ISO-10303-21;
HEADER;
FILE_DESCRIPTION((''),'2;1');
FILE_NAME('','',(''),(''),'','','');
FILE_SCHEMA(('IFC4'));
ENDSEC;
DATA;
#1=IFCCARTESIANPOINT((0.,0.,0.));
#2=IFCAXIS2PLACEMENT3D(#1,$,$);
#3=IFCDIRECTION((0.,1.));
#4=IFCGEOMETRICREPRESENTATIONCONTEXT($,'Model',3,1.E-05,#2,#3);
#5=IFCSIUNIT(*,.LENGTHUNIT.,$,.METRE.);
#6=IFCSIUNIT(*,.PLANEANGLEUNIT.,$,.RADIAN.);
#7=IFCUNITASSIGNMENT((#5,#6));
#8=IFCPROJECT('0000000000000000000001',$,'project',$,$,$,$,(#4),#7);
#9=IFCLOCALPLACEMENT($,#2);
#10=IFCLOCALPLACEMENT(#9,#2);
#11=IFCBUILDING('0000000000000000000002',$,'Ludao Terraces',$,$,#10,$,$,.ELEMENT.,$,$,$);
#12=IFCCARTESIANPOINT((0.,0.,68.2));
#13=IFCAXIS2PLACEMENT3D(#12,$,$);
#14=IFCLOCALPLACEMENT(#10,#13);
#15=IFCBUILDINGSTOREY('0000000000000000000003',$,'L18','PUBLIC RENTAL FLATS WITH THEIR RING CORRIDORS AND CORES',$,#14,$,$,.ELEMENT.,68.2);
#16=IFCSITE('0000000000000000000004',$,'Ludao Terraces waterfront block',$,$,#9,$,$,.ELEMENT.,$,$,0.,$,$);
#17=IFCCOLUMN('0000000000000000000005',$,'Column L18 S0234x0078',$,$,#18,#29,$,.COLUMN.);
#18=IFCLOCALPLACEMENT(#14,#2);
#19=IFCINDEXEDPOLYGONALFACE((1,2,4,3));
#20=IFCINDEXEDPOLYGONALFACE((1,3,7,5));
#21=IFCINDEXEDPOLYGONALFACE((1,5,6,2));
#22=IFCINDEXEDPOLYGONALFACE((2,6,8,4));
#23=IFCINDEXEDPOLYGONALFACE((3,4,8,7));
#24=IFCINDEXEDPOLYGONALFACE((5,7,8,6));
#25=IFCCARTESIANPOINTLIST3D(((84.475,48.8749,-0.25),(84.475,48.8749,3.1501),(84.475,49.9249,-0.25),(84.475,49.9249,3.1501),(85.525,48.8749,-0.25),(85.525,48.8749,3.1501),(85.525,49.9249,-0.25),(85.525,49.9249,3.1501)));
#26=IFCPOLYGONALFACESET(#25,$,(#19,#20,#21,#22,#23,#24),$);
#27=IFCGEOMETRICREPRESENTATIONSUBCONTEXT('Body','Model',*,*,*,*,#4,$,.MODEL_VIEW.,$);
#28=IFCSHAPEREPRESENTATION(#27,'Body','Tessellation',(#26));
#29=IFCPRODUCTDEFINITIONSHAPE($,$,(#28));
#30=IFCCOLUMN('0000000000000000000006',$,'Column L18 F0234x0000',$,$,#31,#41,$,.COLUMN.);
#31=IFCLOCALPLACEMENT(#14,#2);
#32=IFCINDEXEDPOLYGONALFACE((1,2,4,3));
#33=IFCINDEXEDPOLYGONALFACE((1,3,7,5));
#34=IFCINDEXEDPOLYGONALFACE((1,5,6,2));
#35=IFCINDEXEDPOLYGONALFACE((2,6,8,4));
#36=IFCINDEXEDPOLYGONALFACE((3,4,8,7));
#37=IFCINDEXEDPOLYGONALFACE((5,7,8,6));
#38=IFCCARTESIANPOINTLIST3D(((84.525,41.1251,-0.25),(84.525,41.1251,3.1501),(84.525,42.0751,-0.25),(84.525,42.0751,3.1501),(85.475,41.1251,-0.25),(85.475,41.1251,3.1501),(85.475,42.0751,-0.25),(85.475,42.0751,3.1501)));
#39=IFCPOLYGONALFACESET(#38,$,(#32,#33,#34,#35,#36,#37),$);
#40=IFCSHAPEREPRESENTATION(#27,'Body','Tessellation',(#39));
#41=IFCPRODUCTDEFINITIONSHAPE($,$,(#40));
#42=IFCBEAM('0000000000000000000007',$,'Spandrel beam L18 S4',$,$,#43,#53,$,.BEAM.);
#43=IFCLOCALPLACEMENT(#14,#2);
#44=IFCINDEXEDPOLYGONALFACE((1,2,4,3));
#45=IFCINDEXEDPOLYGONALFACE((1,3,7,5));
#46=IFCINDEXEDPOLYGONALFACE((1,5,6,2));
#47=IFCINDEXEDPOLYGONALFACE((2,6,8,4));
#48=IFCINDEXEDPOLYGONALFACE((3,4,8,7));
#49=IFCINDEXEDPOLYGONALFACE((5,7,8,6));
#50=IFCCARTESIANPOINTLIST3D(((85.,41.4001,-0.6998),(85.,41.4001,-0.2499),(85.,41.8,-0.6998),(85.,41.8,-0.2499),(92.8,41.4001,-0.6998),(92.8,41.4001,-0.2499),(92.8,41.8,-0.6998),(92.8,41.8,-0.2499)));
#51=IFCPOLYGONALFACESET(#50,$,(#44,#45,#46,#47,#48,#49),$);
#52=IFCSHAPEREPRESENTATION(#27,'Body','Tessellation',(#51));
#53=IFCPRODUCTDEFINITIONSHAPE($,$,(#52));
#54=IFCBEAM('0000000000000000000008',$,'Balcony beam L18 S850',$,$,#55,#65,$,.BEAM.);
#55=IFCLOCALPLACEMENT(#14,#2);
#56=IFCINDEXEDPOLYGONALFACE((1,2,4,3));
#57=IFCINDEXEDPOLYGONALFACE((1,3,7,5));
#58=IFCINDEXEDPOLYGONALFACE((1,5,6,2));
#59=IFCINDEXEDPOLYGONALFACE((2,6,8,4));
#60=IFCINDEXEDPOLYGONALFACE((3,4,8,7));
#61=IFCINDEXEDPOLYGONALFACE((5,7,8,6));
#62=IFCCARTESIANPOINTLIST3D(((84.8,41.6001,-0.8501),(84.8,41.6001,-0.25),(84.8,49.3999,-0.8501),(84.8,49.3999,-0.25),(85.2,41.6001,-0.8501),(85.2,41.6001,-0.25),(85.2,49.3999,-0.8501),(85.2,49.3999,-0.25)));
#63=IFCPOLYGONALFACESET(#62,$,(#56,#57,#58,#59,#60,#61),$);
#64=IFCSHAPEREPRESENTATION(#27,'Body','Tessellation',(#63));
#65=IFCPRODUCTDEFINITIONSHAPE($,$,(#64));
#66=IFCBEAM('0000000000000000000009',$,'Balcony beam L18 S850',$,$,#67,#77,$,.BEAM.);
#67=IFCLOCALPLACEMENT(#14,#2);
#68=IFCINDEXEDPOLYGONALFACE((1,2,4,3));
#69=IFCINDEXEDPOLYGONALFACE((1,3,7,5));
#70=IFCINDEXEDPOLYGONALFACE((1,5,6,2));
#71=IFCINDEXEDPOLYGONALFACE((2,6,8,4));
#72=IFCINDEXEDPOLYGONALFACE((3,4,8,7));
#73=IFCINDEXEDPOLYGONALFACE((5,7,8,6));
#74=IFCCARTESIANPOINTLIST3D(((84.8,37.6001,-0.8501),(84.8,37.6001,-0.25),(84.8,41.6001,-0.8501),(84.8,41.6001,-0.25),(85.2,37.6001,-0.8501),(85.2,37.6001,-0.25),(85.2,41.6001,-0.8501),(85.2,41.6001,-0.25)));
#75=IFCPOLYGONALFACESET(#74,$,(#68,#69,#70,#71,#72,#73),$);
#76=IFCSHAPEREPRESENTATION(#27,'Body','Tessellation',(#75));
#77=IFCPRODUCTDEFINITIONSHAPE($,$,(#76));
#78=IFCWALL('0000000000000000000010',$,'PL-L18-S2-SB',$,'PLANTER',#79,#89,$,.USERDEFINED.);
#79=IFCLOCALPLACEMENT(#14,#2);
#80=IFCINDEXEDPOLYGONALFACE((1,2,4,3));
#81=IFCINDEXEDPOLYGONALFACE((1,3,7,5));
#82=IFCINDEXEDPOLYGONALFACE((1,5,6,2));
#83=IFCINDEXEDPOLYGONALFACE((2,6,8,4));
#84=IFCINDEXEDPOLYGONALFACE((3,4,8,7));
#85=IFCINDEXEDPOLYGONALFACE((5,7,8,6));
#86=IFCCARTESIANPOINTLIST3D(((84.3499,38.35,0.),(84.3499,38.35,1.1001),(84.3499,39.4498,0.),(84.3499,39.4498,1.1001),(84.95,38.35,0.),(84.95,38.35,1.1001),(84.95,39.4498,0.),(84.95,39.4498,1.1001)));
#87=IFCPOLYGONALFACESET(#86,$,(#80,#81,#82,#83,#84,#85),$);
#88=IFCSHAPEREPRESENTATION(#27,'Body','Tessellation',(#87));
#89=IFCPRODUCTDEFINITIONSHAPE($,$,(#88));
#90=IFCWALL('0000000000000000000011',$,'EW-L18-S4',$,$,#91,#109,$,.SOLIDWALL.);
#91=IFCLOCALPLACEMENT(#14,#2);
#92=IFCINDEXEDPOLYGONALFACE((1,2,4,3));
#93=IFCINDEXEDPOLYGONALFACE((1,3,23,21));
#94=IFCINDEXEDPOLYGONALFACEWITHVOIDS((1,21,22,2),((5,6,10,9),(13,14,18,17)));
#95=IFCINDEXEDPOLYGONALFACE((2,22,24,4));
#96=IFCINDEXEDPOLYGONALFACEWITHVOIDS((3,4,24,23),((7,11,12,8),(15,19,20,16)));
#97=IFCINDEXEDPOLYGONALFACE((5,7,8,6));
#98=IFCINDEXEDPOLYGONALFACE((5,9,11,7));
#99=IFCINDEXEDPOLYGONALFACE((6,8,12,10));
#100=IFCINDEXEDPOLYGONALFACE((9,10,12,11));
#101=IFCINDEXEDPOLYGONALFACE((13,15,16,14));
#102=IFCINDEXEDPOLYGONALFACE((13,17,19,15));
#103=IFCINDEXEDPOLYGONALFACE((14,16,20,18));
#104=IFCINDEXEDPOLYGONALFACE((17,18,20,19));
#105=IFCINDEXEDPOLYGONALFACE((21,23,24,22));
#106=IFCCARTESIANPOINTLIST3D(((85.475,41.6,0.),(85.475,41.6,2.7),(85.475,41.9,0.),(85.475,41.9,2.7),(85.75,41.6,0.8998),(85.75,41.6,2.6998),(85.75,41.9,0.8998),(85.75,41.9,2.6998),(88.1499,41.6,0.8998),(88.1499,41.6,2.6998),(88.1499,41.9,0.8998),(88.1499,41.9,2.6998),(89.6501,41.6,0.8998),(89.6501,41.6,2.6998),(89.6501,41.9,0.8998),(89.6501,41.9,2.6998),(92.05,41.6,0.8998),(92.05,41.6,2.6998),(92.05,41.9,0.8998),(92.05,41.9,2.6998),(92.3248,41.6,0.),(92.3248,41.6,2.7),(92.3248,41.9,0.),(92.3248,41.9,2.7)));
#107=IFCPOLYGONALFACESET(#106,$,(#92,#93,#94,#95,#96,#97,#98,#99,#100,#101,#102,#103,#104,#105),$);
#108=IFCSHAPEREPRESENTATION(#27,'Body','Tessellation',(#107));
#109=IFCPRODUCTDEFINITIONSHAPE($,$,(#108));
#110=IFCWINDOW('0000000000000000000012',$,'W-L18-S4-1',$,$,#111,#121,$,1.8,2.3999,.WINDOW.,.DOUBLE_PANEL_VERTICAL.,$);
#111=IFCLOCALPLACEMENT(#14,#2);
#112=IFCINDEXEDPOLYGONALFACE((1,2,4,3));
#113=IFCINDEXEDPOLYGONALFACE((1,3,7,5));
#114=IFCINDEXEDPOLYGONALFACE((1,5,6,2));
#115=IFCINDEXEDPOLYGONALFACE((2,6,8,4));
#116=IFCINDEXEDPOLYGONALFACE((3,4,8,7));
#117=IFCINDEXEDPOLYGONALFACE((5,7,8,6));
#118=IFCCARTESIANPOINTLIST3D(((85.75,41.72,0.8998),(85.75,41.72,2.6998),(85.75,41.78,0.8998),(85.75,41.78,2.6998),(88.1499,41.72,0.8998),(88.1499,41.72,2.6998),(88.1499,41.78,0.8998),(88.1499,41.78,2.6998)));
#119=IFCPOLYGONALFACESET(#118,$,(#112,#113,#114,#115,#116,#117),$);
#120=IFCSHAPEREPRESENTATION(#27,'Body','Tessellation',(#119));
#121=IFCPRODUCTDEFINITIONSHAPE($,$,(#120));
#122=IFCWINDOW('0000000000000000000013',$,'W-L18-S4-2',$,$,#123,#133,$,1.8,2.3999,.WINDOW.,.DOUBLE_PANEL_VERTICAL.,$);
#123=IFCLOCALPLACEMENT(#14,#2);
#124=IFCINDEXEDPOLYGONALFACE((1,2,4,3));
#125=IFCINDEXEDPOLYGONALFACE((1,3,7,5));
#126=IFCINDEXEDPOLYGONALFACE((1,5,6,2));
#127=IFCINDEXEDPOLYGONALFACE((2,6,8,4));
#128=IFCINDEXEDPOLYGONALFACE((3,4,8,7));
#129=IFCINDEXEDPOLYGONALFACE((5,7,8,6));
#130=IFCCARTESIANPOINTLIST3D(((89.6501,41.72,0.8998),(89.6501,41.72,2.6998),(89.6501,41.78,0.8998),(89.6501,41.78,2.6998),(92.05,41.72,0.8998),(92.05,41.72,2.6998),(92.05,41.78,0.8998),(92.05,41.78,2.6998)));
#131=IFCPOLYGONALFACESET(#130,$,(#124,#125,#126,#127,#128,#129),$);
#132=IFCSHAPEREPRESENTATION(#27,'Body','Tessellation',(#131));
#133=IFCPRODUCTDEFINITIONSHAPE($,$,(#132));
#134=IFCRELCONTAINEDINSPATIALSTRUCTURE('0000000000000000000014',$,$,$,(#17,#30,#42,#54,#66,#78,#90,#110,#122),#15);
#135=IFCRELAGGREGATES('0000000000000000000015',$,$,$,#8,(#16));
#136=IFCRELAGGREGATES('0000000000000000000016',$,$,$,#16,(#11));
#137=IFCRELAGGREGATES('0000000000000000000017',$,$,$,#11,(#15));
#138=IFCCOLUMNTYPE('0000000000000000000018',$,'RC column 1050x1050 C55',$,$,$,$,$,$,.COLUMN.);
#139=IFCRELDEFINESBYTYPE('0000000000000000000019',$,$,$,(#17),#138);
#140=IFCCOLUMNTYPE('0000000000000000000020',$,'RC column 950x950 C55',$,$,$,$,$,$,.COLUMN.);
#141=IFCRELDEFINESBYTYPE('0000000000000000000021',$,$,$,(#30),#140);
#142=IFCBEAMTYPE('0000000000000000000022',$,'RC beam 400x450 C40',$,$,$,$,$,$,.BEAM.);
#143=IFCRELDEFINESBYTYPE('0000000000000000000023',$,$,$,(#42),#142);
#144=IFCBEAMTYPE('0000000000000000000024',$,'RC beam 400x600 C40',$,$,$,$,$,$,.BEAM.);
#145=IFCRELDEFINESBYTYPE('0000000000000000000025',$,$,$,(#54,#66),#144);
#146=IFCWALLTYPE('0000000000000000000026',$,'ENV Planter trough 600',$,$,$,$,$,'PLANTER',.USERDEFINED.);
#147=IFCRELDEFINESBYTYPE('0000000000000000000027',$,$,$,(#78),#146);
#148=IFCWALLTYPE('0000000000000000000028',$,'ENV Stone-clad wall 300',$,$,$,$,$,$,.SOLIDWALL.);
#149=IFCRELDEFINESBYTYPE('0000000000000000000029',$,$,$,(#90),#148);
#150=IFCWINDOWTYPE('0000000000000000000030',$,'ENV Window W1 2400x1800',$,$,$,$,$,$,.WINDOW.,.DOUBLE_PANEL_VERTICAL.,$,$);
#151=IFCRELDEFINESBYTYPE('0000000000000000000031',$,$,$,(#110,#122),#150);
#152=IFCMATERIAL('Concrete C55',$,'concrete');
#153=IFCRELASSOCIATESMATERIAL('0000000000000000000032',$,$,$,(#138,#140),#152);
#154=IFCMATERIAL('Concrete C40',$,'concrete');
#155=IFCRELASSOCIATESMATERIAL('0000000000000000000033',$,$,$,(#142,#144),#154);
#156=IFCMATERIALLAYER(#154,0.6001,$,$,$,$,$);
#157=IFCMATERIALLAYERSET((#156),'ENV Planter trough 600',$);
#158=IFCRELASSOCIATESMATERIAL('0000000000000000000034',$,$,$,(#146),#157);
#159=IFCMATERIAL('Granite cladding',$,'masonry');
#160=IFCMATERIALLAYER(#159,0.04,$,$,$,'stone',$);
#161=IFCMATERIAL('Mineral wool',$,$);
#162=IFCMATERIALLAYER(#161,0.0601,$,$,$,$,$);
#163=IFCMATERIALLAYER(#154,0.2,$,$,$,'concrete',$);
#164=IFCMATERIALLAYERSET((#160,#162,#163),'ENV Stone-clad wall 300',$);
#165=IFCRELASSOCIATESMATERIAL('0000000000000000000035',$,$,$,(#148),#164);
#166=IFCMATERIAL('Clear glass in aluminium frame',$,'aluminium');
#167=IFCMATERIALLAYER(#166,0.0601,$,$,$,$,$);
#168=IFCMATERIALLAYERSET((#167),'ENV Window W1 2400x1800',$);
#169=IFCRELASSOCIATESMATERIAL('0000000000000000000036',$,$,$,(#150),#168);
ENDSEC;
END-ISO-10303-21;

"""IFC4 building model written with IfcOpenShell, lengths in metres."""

from ifc_helpers import new_model, si_unit, direction, frame, frame_2d, origin, origin_2d, place, context, subcontext, project, spatial, rectangle, extrude, material, layer, layer_set, material_profile, profile_set, type_object, element, fill, save


model = new_model("IFC4")

# Units and contexts
model_context = context("Model", 3, precision=1e-05, world=origin(), true_north=direction((0.0, 1.0)))
body_context = subcontext(model_context, "Body", "Model", "MODEL_VIEW")
ifc_project = project(units=[si_unit("LENGTHUNIT", "METRE"), si_unit("PLANEANGLEUNIT", "RADIAN")], contexts=[model_context])

# Site, building, storey
site_placement = place(None, origin())
site = spatial("IfcSite", under=ifc_project, at=site_placement, Name="Ludao Terraces waterfront block", CompositionType="ELEMENT", RefElevation=0.0)
building_placement = place(site_placement, origin())
building = spatial("IfcBuilding", under=site, at=building_placement, Name="Ludao Terraces", CompositionType="ELEMENT")
storey_placement = place(building_placement, frame((0.0, 0.0, 68.2)))
storey = spatial("IfcBuildingStorey", under=building, at=storey_placement, Name="L18", Description="PUBLIC RENTAL FLATS WITH THEIR RING CORRIDORS AND CORES", CompositionType="ELEMENT", Elevation=68.2)

# Columns
ifc_material_1 = material(Name="Concrete C55", Category="concrete")
ifc_material_profile_1 = material_profile(ifc_material_1, rectangle(XDim=1.05, YDim=1.05, at=origin_2d()), Name="1050 X 1050")
ifc_profile_set_1 = profile_set([ifc_material_profile_1], Name="Concrete C55")
column_type_1 = type_object("IfcColumnType", Name="RC column 1050x1050 C55", PredefinedType="COLUMN", material=ifc_profile_set_1)
column_1_placement = place(storey_placement, frame((85.0, 49.3999, -0.25), z_axis=(0.0, 0.0, 1.0), x_axis=(1.0, 0.0, 0.0)))
element("IfcColumn", 1, at=column_1_placement, inside=storey, type_object=column_type_1, Name="Column L18 S0234x0078", PredefinedType="COLUMN", context=body_context, shape_type="SweptSolid", body=[
    extrude(rectangle(XDim=1.05, YDim=1.05, at=origin_2d()), origin(), (0.0, 0.0, 1.0), 3.4001),
])
ifc_material_profile_2 = material_profile(ifc_material_1, rectangle(XDim=0.95, YDim=0.95, at=origin_2d()), Name="950 X 950")
ifc_profile_set_2 = profile_set([ifc_material_profile_2], Name="Concrete C55")
column_type_2 = type_object("IfcColumnType", Name="RC column 950x950 C55", PredefinedType="COLUMN", material=ifc_profile_set_2)
column_2_placement = place(storey_placement, frame((85.0, 41.6001, -0.25), z_axis=(0.0, 0.0, 1.0), x_axis=(1.0, 0.0, 0.0)))
element("IfcColumn", 2, at=column_2_placement, inside=storey, type_object=column_type_2, Name="Column L18 F0234x0000", PredefinedType="COLUMN", context=body_context, shape_type="SweptSolid", body=[
    extrude(rectangle(XDim=0.95, YDim=0.95, at=origin_2d()), origin(), (0.0, 0.0, 1.0), 3.4001),
])

# Beams
ifc_material_2 = material(Name="Concrete C40", Category="concrete")
ifc_material_profile_3 = material_profile(ifc_material_2, rectangle(XDim=0.3999, YDim=0.45, at=origin_2d()), Name="400 X 450")
ifc_profile_set_3 = profile_set([ifc_material_profile_3], Name="Concrete C40")
beam_type_1 = type_object("IfcBeamType", Name="RC beam 400x450 C40", PredefinedType="BEAM", material=ifc_profile_set_3)
beam_1_placement = place(storey_placement, frame((85.0, 41.6001, -0.4749), z_axis=(1.0, 0.0, 0.0), x_axis=(0.0, 1.0, 0.0)))
element("IfcBeam", 3, at=beam_1_placement, inside=storey, type_object=beam_type_1, Name="Spandrel beam L18 S4", PredefinedType="BEAM", context=body_context, shape_type="SweptSolid", body=[
    extrude(rectangle(XDim=0.3999, YDim=0.45, at=origin_2d()), origin(), (0.0, 0.0, 1.0), 7.8),
])
ifc_material_profile_4 = material_profile(ifc_material_2, rectangle(XDim=0.3999, YDim=0.6001, at=origin_2d()), Name="400 X 600")
ifc_profile_set_4 = profile_set([ifc_material_profile_4], Name="Concrete C40")
beam_type_2 = type_object("IfcBeamType", Name="RC beam 400x600 C40", PredefinedType="BEAM", material=ifc_profile_set_4)
beam_2_placement = place(storey_placement, frame((85.0, 49.3999, -0.55), z_axis=(0.0, -1.0, 0.0), x_axis=(1.0, 0.0, 0.0)))
element("IfcBeam", 4, at=beam_2_placement, inside=storey, type_object=beam_type_2, Name="Balcony beam L18 S850", PredefinedType="BEAM", context=body_context, shape_type="SweptSolid", body=[
    extrude(rectangle(XDim=0.3999, YDim=0.6001, at=origin_2d()), origin(), (0.0, 0.0, 1.0), 7.7998),
])
beam_3_placement = place(storey_placement, frame((85.0, 41.6001, -0.55), z_axis=(0.0, -1.0, 0.0), x_axis=(1.0, 0.0, 0.0)))
element("IfcBeam", 5, at=beam_3_placement, inside=storey, type_object=beam_type_2, Name="Balcony beam L18 S850", PredefinedType="BEAM", context=body_context, shape_type="SweptSolid", body=[
    extrude(rectangle(XDim=0.3999, YDim=0.6001, at=origin_2d()), origin(), (0.0, 0.0, 1.0), 4.0),
])

# Wall
ifc_layer_1 = layer(ifc_material_2, 0.6001)
ifc_layer_set_1 = layer_set([ifc_layer_1], Name="ENV Planter trough 600")
wall_type_1 = type_object("IfcWallType", Name="ENV Planter trough 600", ElementType="PLANTER", PredefinedType="USERDEFINED", material=ifc_layer_set_1)
wall_1_placement = place(storey_placement, frame((84.6499, 38.3501, 0.0), z_axis=(0.0, 0.0, 1.0), x_axis=(0.0, 1.0, 0.0)))
element("IfcWall", 6, at=wall_1_placement, inside=storey, type_object=wall_type_1, Name="PL-L18-S2-SB", ObjectType="PLANTER", PredefinedType="USERDEFINED", context=body_context, shape_type="SweptSolid", body=[
    extrude(rectangle(XDim=1.0999, YDim=0.6001, at=frame_2d((0.5498, 0.0))), origin(), (0.0, 0.0, 1.0), 1.1001),
])

# Wall, openings, windows
ifc_material_3 = material(Name="Granite cladding", Category="masonry")
ifc_layer_2 = layer(ifc_material_3, 0.04, Category="stone")
ifc_material_4 = material(Name="Mineral wool")
ifc_layer_3 = layer(ifc_material_4, 0.0601)
ifc_layer_4 = layer(ifc_material_2, 0.2, Category="concrete")
ifc_layer_set_2 = layer_set([ifc_layer_2, ifc_layer_3, ifc_layer_4], Name="ENV Stone-clad wall 300")
wall_type_2 = type_object("IfcWallType", Name="ENV Stone-clad wall 300", PredefinedType="SOLIDWALL", material=ifc_layer_set_2)
wall_2_placement = place(storey_placement, frame((85.4751, 41.75, 0.0), z_axis=(0.0, 0.0, 1.0), x_axis=(1.0, 0.0, 0.0)))
wall_2 = element("IfcWall", 7, at=wall_2_placement, inside=storey, type_object=wall_type_2, Name="EW-L18-S4", PredefinedType="SOLIDWALL", context=body_context, shape_type="SweptSolid", body=[
    extrude(rectangle(XDim=6.8499, YDim=0.3, at=frame_2d((3.4248, 0.0))), origin(), (0.0, 0.0, 1.0), 2.7),
])
opening_1_placement = place(wall_2_placement, frame((0.2749, 0.0, 0.8999)))
opening_1 = element("IfcOpeningElement", 8, at=opening_1_placement, cuts=wall_2, PredefinedType="OPENING", context=body_context, shape_type="SweptSolid", body=[
    extrude(rectangle(XDim=2.3999, YDim=1.8, at=frame_2d((1.2, 0.8999))), frame((0.0, 0.1602, 0.0), z_axis=(0.0, -1.0, 0.0), x_axis=(1.0, 0.0, 0.0)), (0.0, 0.0, 1.0), 0.3201),
])
opening_2_placement = place(wall_2_placement, frame((4.175, 0.0, 0.8999)))
opening_2 = element("IfcOpeningElement", 9, at=opening_2_placement, cuts=wall_2, PredefinedType="OPENING", context=body_context, shape_type="SweptSolid", body=[
    extrude(rectangle(XDim=2.3999, YDim=1.8, at=frame_2d((1.2, 0.8999))), frame((0.0, 0.1602, 0.0), z_axis=(0.0, -1.0, 0.0), x_axis=(1.0, 0.0, 0.0)), (0.0, 0.0, 1.0), 0.3201),
])
ifc_material_5 = material(Name="Clear glass in aluminium frame", Category="aluminium")
ifc_layer_5 = layer(ifc_material_5, 0.0601)
ifc_layer_set_3 = layer_set([ifc_layer_5], Name="ENV Window W1 2400x1800")
window_type = type_object("IfcWindowType", Name="ENV Window W1 2400x1800", PartitioningType="DOUBLE_PANEL_VERTICAL", PredefinedType="WINDOW", material=ifc_layer_set_3)
window_1_placement = place(opening_1_placement, origin())
window_1 = element("IfcWindow", 10, at=window_1_placement, inside=storey, type_object=window_type, Name="W-L18-S4-1", OverallHeight=1.8, OverallWidth=2.3999, PartitioningType="DOUBLE_PANEL_VERTICAL", PredefinedType="WINDOW", context=body_context, shape_type="SweptSolid", body=[
    extrude(rectangle(XDim=2.3999, YDim=1.8, at=frame_2d((1.2, 0.8999))), frame((0.0, 0.03, 0.0), z_axis=(0.0, -1.0, 0.0), x_axis=(1.0, 0.0, 0.0)), (0.0, 0.0, 1.0), 0.0601),
])
fill(opening_1, window_1)
window_2_placement = place(opening_2_placement, origin())
window_2 = element("IfcWindow", 11, at=window_2_placement, inside=storey, type_object=window_type, Name="W-L18-S4-2", OverallHeight=1.8, OverallWidth=2.3999, PartitioningType="DOUBLE_PANEL_VERTICAL", PredefinedType="WINDOW", context=body_context, shape_type="SweptSolid", body=[
    extrude(rectangle(XDim=2.3999, YDim=1.8, at=frame_2d((1.2, 0.8999))), frame((0.0, 0.03, 0.0), z_axis=(0.0, -1.0, 0.0), x_axis=(1.0, 0.0, 0.0)), (0.0, 0.0, 1.0), 0.0601),
])
fill(opening_2, window_2)

save(model, "model.ifc")
